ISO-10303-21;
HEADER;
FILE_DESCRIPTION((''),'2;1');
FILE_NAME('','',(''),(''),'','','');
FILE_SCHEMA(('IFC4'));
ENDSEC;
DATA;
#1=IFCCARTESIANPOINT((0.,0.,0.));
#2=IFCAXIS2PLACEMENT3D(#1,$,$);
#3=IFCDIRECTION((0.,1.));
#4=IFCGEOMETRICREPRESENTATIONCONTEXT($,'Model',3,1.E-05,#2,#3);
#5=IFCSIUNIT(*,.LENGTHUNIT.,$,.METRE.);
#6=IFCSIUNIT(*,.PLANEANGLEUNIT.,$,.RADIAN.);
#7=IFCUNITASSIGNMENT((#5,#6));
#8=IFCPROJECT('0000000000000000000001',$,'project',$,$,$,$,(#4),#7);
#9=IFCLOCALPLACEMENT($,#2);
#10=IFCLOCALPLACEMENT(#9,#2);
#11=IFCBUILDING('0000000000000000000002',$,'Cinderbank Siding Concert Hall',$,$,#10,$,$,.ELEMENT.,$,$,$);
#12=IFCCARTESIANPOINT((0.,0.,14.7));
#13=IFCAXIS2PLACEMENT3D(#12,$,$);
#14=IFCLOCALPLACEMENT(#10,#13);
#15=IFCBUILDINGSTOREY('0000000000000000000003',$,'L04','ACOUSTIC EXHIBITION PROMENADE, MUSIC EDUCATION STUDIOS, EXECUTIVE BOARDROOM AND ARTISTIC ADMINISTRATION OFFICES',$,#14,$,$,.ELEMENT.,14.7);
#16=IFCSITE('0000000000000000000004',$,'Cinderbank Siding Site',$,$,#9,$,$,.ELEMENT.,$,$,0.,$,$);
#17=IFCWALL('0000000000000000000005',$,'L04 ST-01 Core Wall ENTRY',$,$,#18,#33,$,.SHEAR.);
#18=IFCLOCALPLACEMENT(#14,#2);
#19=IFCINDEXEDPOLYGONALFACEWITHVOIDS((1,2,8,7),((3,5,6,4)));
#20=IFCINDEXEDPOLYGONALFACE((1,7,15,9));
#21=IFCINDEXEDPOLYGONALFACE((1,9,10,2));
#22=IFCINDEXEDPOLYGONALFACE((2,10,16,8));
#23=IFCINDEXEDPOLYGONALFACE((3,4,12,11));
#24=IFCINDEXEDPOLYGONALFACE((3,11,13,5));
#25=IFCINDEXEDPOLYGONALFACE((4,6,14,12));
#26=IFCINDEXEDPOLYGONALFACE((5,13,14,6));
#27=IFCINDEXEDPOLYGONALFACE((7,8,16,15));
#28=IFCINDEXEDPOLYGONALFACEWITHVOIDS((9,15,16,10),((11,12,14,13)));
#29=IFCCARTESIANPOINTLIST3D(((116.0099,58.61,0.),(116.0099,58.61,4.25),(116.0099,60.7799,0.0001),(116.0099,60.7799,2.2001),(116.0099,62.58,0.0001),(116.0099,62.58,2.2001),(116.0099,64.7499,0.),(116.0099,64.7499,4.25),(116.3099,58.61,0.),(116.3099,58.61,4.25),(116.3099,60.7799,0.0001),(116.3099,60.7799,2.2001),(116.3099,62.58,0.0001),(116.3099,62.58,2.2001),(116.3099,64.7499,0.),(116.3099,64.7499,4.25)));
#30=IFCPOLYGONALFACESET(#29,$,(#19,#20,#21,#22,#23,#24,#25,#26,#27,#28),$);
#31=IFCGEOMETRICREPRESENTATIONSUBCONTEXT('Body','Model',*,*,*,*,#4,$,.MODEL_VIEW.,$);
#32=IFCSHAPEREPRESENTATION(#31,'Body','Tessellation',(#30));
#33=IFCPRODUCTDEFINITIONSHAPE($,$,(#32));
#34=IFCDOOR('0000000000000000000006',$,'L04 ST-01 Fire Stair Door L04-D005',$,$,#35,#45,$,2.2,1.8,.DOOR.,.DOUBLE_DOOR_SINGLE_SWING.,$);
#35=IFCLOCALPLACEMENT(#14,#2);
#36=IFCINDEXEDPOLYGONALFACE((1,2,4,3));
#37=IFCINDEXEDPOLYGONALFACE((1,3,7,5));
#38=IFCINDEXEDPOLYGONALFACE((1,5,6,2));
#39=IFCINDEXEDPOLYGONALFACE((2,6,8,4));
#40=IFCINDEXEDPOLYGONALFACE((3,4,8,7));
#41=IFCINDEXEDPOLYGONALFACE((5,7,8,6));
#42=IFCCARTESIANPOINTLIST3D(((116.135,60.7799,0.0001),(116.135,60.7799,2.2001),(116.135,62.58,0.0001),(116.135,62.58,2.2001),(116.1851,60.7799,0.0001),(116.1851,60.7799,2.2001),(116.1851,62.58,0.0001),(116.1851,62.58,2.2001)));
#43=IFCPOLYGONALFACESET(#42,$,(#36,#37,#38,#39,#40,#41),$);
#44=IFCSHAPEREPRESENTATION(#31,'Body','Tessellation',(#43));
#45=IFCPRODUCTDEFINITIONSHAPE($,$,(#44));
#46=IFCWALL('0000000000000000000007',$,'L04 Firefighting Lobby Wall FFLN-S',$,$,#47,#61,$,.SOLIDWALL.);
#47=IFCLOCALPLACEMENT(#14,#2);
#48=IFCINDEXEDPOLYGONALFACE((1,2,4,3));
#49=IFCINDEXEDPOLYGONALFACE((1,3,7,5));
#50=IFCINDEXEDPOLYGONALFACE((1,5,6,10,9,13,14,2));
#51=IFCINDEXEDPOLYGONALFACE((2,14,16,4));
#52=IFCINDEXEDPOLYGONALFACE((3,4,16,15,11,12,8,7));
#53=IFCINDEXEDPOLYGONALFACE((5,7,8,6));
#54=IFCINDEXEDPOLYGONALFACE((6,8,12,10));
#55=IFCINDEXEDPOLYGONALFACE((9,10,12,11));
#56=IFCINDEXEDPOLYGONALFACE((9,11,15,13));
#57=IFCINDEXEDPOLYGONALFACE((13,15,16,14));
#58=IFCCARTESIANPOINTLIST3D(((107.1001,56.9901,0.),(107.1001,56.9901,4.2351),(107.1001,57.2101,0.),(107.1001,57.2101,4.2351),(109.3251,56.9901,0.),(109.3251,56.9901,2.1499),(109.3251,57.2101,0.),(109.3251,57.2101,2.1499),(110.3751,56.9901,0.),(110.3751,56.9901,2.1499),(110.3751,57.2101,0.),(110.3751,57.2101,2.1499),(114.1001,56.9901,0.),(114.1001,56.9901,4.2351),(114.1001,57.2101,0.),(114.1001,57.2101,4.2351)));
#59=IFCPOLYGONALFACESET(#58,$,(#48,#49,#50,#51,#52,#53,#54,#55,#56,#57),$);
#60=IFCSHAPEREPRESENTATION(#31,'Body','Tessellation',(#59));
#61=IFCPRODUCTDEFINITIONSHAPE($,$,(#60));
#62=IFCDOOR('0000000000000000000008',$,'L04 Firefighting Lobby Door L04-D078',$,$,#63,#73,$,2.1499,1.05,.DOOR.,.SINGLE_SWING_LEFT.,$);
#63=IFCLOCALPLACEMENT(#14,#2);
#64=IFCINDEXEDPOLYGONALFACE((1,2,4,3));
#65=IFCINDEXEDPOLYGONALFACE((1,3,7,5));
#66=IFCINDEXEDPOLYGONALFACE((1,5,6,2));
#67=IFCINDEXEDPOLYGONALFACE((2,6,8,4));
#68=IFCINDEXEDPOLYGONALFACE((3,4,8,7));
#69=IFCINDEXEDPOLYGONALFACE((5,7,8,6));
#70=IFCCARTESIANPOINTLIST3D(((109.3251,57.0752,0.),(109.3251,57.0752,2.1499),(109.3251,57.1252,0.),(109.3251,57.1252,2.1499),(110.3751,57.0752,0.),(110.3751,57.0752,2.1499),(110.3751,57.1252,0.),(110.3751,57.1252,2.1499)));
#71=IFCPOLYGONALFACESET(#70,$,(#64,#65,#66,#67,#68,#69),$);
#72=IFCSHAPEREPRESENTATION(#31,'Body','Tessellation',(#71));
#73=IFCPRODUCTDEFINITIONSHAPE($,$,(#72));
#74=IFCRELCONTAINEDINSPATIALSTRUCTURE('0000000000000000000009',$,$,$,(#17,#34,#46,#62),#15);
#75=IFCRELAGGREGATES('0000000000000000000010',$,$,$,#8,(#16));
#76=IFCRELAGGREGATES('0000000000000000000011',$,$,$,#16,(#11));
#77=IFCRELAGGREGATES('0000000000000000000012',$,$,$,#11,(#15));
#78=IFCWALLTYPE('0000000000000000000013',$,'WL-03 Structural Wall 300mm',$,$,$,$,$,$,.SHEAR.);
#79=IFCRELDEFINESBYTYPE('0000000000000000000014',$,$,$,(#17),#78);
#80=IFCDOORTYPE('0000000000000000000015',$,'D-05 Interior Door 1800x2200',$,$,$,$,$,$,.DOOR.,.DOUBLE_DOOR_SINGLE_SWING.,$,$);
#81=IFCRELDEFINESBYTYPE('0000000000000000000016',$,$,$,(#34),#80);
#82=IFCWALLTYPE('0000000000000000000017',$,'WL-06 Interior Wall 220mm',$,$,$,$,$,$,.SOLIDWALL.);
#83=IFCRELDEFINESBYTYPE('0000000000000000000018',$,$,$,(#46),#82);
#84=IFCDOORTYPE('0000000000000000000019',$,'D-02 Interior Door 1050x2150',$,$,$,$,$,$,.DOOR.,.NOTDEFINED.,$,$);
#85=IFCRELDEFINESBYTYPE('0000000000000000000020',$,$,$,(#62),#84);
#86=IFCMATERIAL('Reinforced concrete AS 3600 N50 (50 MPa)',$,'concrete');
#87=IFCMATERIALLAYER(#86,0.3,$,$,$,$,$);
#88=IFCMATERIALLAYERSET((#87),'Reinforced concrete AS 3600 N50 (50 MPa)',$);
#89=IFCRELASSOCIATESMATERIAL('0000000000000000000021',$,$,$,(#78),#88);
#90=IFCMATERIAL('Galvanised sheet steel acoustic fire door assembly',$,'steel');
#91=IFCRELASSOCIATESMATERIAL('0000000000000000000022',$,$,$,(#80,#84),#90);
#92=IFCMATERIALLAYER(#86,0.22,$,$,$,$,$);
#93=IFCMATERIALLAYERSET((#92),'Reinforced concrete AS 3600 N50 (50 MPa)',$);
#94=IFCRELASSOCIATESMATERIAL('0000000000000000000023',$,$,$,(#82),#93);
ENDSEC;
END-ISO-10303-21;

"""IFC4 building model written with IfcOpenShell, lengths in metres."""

from ifc_helpers import new_model, si_unit, direction, frame, frame_2d, origin, place, context, subcontext, project, spatial, rectangle, extrude, material, layer, layer_set, type_object, element, fill, save


model = new_model("IFC4")

# Units and contexts
model_context = context("Model", 3, precision=1e-05, world=origin(), true_north=direction((0.0, 1.0)))
body_context = subcontext(model_context, "Body", "Model", "MODEL_VIEW")
ifc_project = project(units=[si_unit("LENGTHUNIT", "METRE"), si_unit("PLANEANGLEUNIT", "RADIAN")], contexts=[model_context])

# Site, building, storey
site_placement = place(None, origin())
site = spatial("IfcSite", under=ifc_project, at=site_placement, Name="Cinderbank Siding Site", CompositionType="ELEMENT", RefElevation=0.0)
building_placement = place(site_placement, origin())
building = spatial("IfcBuilding", under=site, at=building_placement, Name="Cinderbank Siding Concert Hall", CompositionType="ELEMENT")
storey_placement = place(building_placement, frame((0.0, 0.0, 14.7)))
storey = spatial("IfcBuildingStorey", under=building, at=storey_placement, Name="L04", Description="ACOUSTIC EXHIBITION PROMENADE, MUSIC EDUCATION STUDIOS, EXECUTIVE BOARDROOM AND ARTISTIC ADMINISTRATION OFFICES", CompositionType="ELEMENT", Elevation=14.7)

# Shared definitions
ifc_material_1 = material(Name="Reinforced concrete AS 3600 N50 (50 MPa)", Category="concrete")

# Walls, openings, doors
ifc_layer_1 = layer(ifc_material_1, 0.3)
ifc_layer_set_1 = layer_set([ifc_layer_1], Name="Reinforced concrete AS 3600 N50 (50 MPa)")
wall_type_1 = type_object("IfcWallType", Name="WL-03 Structural Wall 300mm", PredefinedType="SHEAR", material=ifc_layer_set_1)
wall_1_placement = place(storey_placement, frame((116.1599, 58.6101, 0.0), z_axis=(0.0, 0.0, 1.0), x_axis=(0.0, 1.0, 0.0)))
wall_1 = element("IfcWall", 1, at=wall_1_placement, inside=storey, type_object=wall_type_1, Name="L04 ST-01 Core Wall ENTRY", PredefinedType="SHEAR", context=body_context, shape_type="SweptSolid", body=[
    extrude(rectangle(XDim=6.1399, YDim=0.3, at=frame_2d((3.0698, 0.0))), origin(), (0.0, 0.0, 1.0), 4.25),
])
opening_1_placement = place(wall_1_placement, frame((2.1699, 0.0, 0.0)))
opening_1 = element("IfcOpeningElement", 2, at=opening_1_placement, cuts=wall_1, PredefinedType="OPENING", context=body_context, shape_type="SweptSolid", body=[
    extrude(rectangle(XDim=1.8, YDim=2.2, at=frame_2d((0.8999, 1.1001))), frame((0.0, 0.1621, 0.0), z_axis=(0.0, -1.0, 0.0), x_axis=(1.0, 0.0, 0.0)), (0.0, 0.0, 1.0), 0.324),
])
ifc_material_2 = material(Name="Galvanised sheet steel acoustic fire door assembly", Category="steel")
door_type_1 = type_object("IfcDoorType", Name="D-05 Interior Door 1800x2200", OperationType="DOUBLE_DOOR_SINGLE_SWING", PredefinedType="DOOR", material=ifc_material_2)
door_1_placement = place(opening_1_placement, origin())
door_1 = element("IfcDoor", 3, at=door_1_placement, inside=storey, type_object=door_type_1, Name="L04 ST-01 Fire Stair Door L04-D005", OperationType="DOUBLE_DOOR_SINGLE_SWING", OverallHeight=2.2, OverallWidth=1.8, PredefinedType="DOOR", context=body_context, shape_type="SweptSolid", body=[
    extrude(rectangle(XDim=1.8, YDim=2.2, at=frame_2d((0.8999, 1.1001))), frame((0.0, 0.0249, 0.0), z_axis=(0.0, -1.0, 0.0), x_axis=(1.0, 0.0, 0.0)), (0.0, 0.0, 1.0), 0.05),
])
fill(opening_1, door_1)
ifc_layer_2 = layer(ifc_material_1, 0.22)
ifc_layer_set_2 = layer_set([ifc_layer_2], Name="Reinforced concrete AS 3600 N50 (50 MPa)")
wall_type_2 = type_object("IfcWallType", Name="WL-06 Interior Wall 220mm", PredefinedType="SOLIDWALL", material=ifc_layer_set_2)
wall_2_placement = place(storey_placement, frame((114.1001, 57.1001, 0.0), z_axis=(0.0, 0.0, 1.0), x_axis=(-1.0, 0.0, 0.0)))
wall_2 = element("IfcWall", 4, at=wall_2_placement, inside=storey, type_object=wall_type_2, Name="L04 Firefighting Lobby Wall FFLN-S", PredefinedType="SOLIDWALL", context=body_context, shape_type="SweptSolid", body=[
    extrude(rectangle(XDim=7.0, YDim=0.22, at=frame_2d((3.5, 0.0))), origin(), (0.0, 0.0, 1.0), 4.2351),
])
opening_2_placement = place(wall_2_placement, frame((3.7251, 0.0, 0.0)))
opening_2 = element("IfcOpeningElement", 5, at=opening_2_placement, cuts=wall_2, PredefinedType="OPENING", context=body_context, shape_type="SweptSolid", body=[
    extrude(rectangle(XDim=1.05, YDim=2.1499, at=frame_2d((0.5249, 1.075))), frame((0.0, 0.1221, 0.0), z_axis=(0.0, -1.0, 0.0), x_axis=(1.0, 0.0, 0.0)), (0.0, 0.0, 1.0), 0.2439),
])
door_type_2 = type_object("IfcDoorType", Name="D-02 Interior Door 1050x2150", OperationType="NOTDEFINED", PredefinedType="DOOR", material=ifc_material_2)
door_2_placement = place(opening_2_placement, origin())
door_2 = element("IfcDoor", 6, at=door_2_placement, inside=storey, type_object=door_type_2, Name="L04 Firefighting Lobby Door L04-D078", OperationType="SINGLE_SWING_LEFT", OverallHeight=2.1499, OverallWidth=1.05, PredefinedType="DOOR", context=body_context, shape_type="SweptSolid", body=[
    extrude(rectangle(XDim=1.05, YDim=2.1499, at=frame_2d((0.5249, 1.075))), frame((0.0, 0.0249, 0.0), z_axis=(0.0, -1.0, 0.0), x_axis=(1.0, 0.0, 0.0)), (0.0, 0.0, 1.0), 0.05),
])
fill(opening_2, door_2)

save(model, "model.ifc")
